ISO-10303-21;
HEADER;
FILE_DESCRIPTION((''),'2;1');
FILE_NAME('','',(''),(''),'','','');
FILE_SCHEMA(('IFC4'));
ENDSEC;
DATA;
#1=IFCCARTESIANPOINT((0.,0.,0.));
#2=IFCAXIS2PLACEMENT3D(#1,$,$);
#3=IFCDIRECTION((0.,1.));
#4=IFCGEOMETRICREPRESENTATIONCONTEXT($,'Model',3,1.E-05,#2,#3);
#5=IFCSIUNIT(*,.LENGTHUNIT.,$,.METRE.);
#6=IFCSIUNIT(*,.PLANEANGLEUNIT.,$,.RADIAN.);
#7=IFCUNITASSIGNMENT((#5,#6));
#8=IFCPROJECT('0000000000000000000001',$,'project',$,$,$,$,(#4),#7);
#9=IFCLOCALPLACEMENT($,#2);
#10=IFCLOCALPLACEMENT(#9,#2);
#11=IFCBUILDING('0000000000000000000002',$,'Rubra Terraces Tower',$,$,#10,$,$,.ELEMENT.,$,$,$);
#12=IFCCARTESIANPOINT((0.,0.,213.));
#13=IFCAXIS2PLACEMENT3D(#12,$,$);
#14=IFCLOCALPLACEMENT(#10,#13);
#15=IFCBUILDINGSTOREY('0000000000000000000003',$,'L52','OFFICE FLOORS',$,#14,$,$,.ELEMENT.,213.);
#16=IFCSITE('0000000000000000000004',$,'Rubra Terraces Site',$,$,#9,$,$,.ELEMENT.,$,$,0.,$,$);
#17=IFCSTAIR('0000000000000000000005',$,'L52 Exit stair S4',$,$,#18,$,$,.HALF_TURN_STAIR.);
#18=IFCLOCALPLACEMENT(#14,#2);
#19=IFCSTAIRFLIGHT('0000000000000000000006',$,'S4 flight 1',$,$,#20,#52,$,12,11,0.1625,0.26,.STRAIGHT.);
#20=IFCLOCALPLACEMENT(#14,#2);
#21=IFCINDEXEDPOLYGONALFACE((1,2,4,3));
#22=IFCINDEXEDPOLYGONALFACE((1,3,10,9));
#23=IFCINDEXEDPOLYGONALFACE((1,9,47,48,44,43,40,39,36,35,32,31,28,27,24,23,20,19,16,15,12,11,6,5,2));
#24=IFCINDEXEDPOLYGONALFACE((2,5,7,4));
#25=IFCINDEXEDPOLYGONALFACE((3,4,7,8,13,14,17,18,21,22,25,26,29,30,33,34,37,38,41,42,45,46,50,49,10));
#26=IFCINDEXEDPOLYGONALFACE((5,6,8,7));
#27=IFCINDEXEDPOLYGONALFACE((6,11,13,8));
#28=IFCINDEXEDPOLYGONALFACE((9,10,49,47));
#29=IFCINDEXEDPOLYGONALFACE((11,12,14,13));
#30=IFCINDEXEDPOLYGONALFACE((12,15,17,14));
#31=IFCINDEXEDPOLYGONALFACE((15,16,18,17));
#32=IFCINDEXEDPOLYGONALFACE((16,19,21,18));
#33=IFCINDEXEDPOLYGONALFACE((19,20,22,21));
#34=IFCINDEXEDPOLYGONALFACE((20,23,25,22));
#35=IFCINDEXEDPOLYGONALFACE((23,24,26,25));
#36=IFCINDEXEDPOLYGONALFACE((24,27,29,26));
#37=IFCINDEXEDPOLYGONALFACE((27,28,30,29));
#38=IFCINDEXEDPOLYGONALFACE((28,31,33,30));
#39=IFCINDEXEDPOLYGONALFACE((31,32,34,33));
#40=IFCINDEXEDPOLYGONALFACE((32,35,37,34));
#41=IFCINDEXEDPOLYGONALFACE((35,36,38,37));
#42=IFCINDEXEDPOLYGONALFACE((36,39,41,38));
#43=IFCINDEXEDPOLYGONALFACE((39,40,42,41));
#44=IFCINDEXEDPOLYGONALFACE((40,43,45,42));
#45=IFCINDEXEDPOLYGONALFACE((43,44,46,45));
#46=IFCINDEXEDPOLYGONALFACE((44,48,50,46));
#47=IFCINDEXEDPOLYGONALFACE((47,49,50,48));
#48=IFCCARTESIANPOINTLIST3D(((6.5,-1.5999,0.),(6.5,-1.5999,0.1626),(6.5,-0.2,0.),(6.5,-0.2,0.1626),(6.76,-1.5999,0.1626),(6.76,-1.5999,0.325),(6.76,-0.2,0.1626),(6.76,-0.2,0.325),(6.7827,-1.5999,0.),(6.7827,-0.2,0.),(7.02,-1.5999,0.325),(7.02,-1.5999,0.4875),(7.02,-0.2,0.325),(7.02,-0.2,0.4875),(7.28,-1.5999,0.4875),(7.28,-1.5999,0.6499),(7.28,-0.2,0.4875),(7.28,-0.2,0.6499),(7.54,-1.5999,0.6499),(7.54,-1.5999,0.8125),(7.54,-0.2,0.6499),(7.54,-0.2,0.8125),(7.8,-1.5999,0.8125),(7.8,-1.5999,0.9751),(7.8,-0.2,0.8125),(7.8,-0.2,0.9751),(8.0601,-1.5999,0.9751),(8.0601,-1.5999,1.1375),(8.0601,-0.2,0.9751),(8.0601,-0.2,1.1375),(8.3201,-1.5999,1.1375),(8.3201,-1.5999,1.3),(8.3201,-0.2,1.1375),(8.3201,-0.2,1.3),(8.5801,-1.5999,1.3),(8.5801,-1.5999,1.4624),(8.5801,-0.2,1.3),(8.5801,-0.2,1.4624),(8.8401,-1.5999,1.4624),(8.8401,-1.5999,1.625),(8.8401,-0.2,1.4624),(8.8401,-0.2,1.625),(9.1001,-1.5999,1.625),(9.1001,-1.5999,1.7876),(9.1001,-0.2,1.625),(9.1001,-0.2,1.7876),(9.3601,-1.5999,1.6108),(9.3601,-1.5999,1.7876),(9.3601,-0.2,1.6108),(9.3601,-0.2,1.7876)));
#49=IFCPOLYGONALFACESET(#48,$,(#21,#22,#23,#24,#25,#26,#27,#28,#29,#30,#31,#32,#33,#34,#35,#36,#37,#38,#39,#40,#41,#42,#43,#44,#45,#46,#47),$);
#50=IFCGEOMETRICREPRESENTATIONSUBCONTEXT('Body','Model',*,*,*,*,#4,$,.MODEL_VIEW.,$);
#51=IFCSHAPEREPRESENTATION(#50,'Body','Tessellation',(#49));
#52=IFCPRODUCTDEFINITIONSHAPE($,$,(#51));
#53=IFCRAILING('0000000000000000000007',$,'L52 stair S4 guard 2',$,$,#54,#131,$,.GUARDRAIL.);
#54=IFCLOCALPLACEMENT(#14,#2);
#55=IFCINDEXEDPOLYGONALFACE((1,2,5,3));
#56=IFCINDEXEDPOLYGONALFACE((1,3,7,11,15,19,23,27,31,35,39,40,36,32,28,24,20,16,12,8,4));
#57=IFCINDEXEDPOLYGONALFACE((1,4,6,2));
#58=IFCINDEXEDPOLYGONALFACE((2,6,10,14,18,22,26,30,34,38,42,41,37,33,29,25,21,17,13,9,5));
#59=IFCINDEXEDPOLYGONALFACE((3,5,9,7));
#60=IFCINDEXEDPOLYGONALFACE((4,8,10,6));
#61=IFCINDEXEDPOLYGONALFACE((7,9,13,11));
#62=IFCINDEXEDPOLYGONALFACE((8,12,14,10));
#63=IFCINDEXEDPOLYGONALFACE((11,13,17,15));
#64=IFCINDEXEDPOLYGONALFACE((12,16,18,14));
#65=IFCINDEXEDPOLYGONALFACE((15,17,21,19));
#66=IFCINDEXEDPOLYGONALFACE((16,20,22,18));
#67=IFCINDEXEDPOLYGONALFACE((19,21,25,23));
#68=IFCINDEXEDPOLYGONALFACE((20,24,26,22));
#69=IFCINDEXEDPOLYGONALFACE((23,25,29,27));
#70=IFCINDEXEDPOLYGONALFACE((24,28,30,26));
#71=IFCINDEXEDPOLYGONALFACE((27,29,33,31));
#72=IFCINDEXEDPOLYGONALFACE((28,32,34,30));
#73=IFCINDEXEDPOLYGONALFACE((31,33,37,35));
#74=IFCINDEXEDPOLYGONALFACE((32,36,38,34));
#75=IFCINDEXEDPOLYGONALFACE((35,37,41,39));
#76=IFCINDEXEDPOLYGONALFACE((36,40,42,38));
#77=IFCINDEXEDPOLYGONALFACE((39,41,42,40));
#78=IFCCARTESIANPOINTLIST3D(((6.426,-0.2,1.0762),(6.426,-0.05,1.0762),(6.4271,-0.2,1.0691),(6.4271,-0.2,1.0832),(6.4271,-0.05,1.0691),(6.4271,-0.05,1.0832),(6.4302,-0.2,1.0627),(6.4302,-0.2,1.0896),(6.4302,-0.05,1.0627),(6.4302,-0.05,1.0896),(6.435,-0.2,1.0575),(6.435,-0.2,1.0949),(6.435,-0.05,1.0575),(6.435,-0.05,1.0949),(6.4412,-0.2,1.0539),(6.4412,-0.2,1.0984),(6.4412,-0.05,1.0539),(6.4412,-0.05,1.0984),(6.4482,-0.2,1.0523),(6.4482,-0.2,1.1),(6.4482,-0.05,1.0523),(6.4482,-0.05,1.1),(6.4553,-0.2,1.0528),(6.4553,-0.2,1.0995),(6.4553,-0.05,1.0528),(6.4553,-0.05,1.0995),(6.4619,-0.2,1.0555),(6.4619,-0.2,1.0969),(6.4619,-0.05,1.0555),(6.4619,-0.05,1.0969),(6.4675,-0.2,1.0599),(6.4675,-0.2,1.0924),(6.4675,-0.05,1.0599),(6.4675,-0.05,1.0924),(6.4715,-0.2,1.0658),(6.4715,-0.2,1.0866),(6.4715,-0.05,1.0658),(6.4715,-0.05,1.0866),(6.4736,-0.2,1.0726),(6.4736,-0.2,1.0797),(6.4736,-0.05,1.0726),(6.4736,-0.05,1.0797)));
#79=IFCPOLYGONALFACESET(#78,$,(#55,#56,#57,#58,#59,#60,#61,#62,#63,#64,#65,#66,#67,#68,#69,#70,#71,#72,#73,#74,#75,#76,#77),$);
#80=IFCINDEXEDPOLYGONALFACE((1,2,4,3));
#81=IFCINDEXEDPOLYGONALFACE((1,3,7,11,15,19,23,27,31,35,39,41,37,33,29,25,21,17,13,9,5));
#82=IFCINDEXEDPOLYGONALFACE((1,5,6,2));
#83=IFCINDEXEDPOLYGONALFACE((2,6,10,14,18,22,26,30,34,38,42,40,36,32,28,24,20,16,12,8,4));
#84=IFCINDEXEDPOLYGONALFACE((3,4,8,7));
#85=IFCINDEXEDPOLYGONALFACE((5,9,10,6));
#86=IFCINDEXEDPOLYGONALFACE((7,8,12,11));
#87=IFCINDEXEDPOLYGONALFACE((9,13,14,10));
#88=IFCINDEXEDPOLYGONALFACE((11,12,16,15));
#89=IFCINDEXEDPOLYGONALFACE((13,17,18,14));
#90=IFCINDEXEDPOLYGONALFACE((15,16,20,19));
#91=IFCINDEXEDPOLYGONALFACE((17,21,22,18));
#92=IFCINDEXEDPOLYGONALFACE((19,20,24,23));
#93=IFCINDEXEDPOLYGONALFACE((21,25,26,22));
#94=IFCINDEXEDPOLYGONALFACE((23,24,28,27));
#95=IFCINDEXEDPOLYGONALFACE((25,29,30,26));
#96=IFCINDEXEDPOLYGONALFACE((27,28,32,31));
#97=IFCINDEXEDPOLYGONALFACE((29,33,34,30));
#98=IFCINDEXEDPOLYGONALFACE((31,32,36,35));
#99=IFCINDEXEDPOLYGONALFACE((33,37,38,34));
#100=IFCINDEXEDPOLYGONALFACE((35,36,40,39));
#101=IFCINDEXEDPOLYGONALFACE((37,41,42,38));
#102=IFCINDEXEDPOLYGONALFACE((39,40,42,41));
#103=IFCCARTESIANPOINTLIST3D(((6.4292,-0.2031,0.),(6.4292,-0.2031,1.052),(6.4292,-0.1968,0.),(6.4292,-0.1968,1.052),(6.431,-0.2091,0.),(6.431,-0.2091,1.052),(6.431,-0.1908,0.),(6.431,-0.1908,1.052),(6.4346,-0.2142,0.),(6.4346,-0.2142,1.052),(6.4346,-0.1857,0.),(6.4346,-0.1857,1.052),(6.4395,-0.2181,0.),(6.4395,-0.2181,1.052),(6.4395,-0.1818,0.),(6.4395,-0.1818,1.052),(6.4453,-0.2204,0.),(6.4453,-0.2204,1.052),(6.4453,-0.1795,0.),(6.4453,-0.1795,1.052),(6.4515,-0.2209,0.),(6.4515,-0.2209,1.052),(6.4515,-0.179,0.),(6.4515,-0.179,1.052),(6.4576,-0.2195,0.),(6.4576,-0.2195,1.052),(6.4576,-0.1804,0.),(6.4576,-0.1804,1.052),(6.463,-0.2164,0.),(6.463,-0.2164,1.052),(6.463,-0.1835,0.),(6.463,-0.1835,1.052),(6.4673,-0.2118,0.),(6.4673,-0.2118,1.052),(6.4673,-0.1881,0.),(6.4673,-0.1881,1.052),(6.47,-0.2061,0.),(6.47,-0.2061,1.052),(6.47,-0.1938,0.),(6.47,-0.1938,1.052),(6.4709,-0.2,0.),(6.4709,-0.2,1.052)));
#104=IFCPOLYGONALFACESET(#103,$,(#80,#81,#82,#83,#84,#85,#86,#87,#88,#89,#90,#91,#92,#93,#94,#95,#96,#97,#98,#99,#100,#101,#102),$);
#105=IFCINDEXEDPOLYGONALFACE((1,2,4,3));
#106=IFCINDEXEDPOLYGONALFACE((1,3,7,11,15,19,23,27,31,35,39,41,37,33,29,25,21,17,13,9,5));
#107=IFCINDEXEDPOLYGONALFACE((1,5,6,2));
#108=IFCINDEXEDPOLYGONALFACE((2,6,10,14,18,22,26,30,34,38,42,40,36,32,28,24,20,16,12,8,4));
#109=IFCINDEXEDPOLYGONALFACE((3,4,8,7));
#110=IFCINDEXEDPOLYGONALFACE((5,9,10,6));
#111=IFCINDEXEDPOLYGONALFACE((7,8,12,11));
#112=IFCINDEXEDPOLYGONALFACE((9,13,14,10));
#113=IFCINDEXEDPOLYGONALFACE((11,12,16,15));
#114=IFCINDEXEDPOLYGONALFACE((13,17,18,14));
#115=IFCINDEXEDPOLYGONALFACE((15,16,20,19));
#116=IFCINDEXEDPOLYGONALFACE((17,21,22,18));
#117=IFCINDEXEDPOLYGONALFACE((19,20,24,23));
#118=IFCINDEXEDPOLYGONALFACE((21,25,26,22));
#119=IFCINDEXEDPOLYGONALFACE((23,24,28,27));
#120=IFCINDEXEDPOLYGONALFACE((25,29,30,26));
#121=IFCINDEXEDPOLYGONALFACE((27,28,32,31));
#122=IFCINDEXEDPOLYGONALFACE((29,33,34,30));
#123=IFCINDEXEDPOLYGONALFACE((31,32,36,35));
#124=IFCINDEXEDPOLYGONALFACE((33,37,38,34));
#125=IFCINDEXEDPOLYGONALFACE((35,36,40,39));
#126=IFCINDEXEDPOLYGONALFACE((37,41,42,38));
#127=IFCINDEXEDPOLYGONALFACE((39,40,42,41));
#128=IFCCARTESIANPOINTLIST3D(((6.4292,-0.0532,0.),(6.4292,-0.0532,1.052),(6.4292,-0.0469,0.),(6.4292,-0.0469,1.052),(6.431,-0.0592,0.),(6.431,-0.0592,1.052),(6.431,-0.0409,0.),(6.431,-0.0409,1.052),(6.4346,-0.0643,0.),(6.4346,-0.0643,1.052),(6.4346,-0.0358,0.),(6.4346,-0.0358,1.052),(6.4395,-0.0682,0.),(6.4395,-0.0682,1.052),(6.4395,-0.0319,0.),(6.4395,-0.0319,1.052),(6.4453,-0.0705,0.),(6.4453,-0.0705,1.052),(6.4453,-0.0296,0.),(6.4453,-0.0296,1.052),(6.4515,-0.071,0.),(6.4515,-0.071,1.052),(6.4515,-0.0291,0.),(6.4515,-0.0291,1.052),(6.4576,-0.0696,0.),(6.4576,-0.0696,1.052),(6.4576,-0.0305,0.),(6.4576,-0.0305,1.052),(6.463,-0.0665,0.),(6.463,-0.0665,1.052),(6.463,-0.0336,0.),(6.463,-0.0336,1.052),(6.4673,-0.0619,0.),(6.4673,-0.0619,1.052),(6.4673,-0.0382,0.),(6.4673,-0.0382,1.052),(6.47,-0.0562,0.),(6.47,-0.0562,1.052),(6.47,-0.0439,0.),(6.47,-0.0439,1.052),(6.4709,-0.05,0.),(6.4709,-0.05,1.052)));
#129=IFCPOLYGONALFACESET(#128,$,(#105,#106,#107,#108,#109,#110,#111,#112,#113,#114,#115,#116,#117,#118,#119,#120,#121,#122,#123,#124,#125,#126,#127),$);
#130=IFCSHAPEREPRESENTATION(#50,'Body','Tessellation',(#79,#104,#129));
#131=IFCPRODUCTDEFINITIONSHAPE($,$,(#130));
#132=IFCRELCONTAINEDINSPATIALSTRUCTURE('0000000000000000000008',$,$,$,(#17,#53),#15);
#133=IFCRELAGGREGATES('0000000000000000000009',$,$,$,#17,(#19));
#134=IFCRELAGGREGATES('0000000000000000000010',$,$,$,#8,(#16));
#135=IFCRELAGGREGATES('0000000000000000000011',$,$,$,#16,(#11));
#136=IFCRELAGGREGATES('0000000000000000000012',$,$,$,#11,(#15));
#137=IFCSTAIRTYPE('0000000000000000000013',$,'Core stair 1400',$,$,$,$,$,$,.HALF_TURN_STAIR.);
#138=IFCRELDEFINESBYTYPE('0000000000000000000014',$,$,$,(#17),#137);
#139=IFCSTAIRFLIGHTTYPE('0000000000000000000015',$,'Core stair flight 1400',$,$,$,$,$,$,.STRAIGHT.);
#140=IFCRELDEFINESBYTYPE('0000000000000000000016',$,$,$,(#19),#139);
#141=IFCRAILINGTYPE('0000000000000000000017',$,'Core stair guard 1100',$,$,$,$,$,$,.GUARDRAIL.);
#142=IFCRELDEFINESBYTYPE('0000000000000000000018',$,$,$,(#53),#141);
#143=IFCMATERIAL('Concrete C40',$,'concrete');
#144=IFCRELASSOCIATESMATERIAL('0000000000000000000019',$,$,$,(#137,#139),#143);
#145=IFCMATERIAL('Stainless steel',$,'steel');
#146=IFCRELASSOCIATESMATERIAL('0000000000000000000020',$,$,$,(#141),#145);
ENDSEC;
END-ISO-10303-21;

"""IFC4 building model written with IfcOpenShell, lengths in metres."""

from ifc_helpers import new_model, si_unit, direction, frame, origin, origin_2d, place, context, subcontext, project, spatial, polyline, circle, outline, extrude, material, type_object, element, aggregate, save


model = new_model("IFC4")

# Units and contexts
model_context = context("Model", 3, precision=1e-05, world=origin(), true_north=direction((0.0, 1.0)))
body_context = subcontext(model_context, "Body", "Model", "MODEL_VIEW")
ifc_project = project(units=[si_unit("LENGTHUNIT", "METRE"), si_unit("PLANEANGLEUNIT", "RADIAN")], contexts=[model_context])

# Site, building, storey
site_placement = place(None, origin())
site = spatial("IfcSite", under=ifc_project, at=site_placement, Name="Rubra Terraces Site", CompositionType="ELEMENT", RefElevation=0.0)
building_placement = place(site_placement, origin())
building = spatial("IfcBuilding", under=site, at=building_placement, Name="Rubra Terraces Tower", CompositionType="ELEMENT")
storey_placement = place(building_placement, frame((0.0, 0.0, 213.0)))
storey = spatial("IfcBuildingStorey", under=building, at=storey_placement, Name="L52", Description="OFFICE FLOORS", CompositionType="ELEMENT", Elevation=213.0)

# Shared definitions
ifc_material_1 = material(Name="Concrete C40", Category="concrete")

# Stair
stair_type = type_object("IfcStairType", Name="Core stair 1400", PredefinedType="HALF_TURN_STAIR", material=ifc_material_1)
stair_1_placement = place(storey_placement, origin())
stair_1 = element("IfcStair", 1, at=stair_1_placement, inside=storey, type_object=stair_type, Name="L52 Exit stair S4", PredefinedType="HALF_TURN_STAIR")

# Stair flight
stair_flight_type = type_object("IfcStairFlightType", Name="Core stair flight 1400", PredefinedType="STRAIGHT", material=ifc_material_1)
stair_flight_placement = place(storey_placement, frame((6.5, -0.8999, 0.0), z_axis=(0.0, 0.0, 1.0), x_axis=(1.0, 0.0, 0.0)))
stair_flight = element("IfcStairFlight", 2, at=stair_flight_placement, type_object=stair_flight_type, Name="S4 flight 1", NumberOfRisers=12, NumberOfTreads=11, PredefinedType="STRAIGHT", RiserHeight=0.1625, TreadLength=0.26, context=body_context, shape_type="SweptSolid", body=[
    extrude(outline(polyline([(0.0, 0.0), (0.0, 0.1626), (0.26, 0.1626), (0.26, 0.325), (0.52, 0.325), (0.52, 0.4875), (0.78, 0.4875), (0.78, 0.6499), (1.04, 0.6499), (1.04, 0.8125), (1.3, 0.8125), (1.3, 0.9751), (1.5601, 0.9751), (1.5601, 1.1375), (1.8201, 1.1375), (1.8201, 1.3), (2.0801, 1.3), (2.0801, 1.4624), (2.3401, 1.4624), (2.3401, 1.625), (2.6001, 1.625), (2.6001, 1.7876), (2.8601, 1.7876), (2.8601, 1.95), (2.8601, 1.6108), (0.2827, 0.0), (0.0, 0.0)])), frame((0.0, 0.7, 0.0), z_axis=(0.0, -1.0, 0.0), x_axis=(1.0, 0.0, 0.0)), (0.0, 0.0, 1.0), 1.3999),
])
aggregate(stair_1, [stair_flight])

# Railing
ifc_material_2 = material(Name="Stainless steel", Category="steel")
railing_type_1 = type_object("IfcRailingType", Name="Core stair guard 1100", PredefinedType="GUARDRAIL", material=ifc_material_2)
railing_1_placement = place(storey_placement, frame((6.45, -0.2, 0.0)))
element("IfcRailing", 3, at=railing_1_placement, inside=storey, type_object=railing_type_1, Name="L52 stair S4 guard 2", PredefinedType="GUARDRAIL", context=body_context, shape_type="SweptSolid", body=[
    extrude(circle(Radius=0.0239, at=origin_2d()), frame((0.0, 0.0, 1.0762), z_axis=(0.0, 1.0, 0.0), x_axis=(-1.0, 0.0, 0.0)), (0.0, 0.0, 1.0), 0.1499),
    extrude(circle(Radius=0.021, at=origin_2d()), origin(), (0.0, 0.0, 1.0), 1.052),
    extrude(circle(Radius=0.021, at=origin_2d()), frame((0.0, 0.1499, 0.0)), (0.0, 0.0, 1.0), 1.052),
])

save(model, "model.ifc")
